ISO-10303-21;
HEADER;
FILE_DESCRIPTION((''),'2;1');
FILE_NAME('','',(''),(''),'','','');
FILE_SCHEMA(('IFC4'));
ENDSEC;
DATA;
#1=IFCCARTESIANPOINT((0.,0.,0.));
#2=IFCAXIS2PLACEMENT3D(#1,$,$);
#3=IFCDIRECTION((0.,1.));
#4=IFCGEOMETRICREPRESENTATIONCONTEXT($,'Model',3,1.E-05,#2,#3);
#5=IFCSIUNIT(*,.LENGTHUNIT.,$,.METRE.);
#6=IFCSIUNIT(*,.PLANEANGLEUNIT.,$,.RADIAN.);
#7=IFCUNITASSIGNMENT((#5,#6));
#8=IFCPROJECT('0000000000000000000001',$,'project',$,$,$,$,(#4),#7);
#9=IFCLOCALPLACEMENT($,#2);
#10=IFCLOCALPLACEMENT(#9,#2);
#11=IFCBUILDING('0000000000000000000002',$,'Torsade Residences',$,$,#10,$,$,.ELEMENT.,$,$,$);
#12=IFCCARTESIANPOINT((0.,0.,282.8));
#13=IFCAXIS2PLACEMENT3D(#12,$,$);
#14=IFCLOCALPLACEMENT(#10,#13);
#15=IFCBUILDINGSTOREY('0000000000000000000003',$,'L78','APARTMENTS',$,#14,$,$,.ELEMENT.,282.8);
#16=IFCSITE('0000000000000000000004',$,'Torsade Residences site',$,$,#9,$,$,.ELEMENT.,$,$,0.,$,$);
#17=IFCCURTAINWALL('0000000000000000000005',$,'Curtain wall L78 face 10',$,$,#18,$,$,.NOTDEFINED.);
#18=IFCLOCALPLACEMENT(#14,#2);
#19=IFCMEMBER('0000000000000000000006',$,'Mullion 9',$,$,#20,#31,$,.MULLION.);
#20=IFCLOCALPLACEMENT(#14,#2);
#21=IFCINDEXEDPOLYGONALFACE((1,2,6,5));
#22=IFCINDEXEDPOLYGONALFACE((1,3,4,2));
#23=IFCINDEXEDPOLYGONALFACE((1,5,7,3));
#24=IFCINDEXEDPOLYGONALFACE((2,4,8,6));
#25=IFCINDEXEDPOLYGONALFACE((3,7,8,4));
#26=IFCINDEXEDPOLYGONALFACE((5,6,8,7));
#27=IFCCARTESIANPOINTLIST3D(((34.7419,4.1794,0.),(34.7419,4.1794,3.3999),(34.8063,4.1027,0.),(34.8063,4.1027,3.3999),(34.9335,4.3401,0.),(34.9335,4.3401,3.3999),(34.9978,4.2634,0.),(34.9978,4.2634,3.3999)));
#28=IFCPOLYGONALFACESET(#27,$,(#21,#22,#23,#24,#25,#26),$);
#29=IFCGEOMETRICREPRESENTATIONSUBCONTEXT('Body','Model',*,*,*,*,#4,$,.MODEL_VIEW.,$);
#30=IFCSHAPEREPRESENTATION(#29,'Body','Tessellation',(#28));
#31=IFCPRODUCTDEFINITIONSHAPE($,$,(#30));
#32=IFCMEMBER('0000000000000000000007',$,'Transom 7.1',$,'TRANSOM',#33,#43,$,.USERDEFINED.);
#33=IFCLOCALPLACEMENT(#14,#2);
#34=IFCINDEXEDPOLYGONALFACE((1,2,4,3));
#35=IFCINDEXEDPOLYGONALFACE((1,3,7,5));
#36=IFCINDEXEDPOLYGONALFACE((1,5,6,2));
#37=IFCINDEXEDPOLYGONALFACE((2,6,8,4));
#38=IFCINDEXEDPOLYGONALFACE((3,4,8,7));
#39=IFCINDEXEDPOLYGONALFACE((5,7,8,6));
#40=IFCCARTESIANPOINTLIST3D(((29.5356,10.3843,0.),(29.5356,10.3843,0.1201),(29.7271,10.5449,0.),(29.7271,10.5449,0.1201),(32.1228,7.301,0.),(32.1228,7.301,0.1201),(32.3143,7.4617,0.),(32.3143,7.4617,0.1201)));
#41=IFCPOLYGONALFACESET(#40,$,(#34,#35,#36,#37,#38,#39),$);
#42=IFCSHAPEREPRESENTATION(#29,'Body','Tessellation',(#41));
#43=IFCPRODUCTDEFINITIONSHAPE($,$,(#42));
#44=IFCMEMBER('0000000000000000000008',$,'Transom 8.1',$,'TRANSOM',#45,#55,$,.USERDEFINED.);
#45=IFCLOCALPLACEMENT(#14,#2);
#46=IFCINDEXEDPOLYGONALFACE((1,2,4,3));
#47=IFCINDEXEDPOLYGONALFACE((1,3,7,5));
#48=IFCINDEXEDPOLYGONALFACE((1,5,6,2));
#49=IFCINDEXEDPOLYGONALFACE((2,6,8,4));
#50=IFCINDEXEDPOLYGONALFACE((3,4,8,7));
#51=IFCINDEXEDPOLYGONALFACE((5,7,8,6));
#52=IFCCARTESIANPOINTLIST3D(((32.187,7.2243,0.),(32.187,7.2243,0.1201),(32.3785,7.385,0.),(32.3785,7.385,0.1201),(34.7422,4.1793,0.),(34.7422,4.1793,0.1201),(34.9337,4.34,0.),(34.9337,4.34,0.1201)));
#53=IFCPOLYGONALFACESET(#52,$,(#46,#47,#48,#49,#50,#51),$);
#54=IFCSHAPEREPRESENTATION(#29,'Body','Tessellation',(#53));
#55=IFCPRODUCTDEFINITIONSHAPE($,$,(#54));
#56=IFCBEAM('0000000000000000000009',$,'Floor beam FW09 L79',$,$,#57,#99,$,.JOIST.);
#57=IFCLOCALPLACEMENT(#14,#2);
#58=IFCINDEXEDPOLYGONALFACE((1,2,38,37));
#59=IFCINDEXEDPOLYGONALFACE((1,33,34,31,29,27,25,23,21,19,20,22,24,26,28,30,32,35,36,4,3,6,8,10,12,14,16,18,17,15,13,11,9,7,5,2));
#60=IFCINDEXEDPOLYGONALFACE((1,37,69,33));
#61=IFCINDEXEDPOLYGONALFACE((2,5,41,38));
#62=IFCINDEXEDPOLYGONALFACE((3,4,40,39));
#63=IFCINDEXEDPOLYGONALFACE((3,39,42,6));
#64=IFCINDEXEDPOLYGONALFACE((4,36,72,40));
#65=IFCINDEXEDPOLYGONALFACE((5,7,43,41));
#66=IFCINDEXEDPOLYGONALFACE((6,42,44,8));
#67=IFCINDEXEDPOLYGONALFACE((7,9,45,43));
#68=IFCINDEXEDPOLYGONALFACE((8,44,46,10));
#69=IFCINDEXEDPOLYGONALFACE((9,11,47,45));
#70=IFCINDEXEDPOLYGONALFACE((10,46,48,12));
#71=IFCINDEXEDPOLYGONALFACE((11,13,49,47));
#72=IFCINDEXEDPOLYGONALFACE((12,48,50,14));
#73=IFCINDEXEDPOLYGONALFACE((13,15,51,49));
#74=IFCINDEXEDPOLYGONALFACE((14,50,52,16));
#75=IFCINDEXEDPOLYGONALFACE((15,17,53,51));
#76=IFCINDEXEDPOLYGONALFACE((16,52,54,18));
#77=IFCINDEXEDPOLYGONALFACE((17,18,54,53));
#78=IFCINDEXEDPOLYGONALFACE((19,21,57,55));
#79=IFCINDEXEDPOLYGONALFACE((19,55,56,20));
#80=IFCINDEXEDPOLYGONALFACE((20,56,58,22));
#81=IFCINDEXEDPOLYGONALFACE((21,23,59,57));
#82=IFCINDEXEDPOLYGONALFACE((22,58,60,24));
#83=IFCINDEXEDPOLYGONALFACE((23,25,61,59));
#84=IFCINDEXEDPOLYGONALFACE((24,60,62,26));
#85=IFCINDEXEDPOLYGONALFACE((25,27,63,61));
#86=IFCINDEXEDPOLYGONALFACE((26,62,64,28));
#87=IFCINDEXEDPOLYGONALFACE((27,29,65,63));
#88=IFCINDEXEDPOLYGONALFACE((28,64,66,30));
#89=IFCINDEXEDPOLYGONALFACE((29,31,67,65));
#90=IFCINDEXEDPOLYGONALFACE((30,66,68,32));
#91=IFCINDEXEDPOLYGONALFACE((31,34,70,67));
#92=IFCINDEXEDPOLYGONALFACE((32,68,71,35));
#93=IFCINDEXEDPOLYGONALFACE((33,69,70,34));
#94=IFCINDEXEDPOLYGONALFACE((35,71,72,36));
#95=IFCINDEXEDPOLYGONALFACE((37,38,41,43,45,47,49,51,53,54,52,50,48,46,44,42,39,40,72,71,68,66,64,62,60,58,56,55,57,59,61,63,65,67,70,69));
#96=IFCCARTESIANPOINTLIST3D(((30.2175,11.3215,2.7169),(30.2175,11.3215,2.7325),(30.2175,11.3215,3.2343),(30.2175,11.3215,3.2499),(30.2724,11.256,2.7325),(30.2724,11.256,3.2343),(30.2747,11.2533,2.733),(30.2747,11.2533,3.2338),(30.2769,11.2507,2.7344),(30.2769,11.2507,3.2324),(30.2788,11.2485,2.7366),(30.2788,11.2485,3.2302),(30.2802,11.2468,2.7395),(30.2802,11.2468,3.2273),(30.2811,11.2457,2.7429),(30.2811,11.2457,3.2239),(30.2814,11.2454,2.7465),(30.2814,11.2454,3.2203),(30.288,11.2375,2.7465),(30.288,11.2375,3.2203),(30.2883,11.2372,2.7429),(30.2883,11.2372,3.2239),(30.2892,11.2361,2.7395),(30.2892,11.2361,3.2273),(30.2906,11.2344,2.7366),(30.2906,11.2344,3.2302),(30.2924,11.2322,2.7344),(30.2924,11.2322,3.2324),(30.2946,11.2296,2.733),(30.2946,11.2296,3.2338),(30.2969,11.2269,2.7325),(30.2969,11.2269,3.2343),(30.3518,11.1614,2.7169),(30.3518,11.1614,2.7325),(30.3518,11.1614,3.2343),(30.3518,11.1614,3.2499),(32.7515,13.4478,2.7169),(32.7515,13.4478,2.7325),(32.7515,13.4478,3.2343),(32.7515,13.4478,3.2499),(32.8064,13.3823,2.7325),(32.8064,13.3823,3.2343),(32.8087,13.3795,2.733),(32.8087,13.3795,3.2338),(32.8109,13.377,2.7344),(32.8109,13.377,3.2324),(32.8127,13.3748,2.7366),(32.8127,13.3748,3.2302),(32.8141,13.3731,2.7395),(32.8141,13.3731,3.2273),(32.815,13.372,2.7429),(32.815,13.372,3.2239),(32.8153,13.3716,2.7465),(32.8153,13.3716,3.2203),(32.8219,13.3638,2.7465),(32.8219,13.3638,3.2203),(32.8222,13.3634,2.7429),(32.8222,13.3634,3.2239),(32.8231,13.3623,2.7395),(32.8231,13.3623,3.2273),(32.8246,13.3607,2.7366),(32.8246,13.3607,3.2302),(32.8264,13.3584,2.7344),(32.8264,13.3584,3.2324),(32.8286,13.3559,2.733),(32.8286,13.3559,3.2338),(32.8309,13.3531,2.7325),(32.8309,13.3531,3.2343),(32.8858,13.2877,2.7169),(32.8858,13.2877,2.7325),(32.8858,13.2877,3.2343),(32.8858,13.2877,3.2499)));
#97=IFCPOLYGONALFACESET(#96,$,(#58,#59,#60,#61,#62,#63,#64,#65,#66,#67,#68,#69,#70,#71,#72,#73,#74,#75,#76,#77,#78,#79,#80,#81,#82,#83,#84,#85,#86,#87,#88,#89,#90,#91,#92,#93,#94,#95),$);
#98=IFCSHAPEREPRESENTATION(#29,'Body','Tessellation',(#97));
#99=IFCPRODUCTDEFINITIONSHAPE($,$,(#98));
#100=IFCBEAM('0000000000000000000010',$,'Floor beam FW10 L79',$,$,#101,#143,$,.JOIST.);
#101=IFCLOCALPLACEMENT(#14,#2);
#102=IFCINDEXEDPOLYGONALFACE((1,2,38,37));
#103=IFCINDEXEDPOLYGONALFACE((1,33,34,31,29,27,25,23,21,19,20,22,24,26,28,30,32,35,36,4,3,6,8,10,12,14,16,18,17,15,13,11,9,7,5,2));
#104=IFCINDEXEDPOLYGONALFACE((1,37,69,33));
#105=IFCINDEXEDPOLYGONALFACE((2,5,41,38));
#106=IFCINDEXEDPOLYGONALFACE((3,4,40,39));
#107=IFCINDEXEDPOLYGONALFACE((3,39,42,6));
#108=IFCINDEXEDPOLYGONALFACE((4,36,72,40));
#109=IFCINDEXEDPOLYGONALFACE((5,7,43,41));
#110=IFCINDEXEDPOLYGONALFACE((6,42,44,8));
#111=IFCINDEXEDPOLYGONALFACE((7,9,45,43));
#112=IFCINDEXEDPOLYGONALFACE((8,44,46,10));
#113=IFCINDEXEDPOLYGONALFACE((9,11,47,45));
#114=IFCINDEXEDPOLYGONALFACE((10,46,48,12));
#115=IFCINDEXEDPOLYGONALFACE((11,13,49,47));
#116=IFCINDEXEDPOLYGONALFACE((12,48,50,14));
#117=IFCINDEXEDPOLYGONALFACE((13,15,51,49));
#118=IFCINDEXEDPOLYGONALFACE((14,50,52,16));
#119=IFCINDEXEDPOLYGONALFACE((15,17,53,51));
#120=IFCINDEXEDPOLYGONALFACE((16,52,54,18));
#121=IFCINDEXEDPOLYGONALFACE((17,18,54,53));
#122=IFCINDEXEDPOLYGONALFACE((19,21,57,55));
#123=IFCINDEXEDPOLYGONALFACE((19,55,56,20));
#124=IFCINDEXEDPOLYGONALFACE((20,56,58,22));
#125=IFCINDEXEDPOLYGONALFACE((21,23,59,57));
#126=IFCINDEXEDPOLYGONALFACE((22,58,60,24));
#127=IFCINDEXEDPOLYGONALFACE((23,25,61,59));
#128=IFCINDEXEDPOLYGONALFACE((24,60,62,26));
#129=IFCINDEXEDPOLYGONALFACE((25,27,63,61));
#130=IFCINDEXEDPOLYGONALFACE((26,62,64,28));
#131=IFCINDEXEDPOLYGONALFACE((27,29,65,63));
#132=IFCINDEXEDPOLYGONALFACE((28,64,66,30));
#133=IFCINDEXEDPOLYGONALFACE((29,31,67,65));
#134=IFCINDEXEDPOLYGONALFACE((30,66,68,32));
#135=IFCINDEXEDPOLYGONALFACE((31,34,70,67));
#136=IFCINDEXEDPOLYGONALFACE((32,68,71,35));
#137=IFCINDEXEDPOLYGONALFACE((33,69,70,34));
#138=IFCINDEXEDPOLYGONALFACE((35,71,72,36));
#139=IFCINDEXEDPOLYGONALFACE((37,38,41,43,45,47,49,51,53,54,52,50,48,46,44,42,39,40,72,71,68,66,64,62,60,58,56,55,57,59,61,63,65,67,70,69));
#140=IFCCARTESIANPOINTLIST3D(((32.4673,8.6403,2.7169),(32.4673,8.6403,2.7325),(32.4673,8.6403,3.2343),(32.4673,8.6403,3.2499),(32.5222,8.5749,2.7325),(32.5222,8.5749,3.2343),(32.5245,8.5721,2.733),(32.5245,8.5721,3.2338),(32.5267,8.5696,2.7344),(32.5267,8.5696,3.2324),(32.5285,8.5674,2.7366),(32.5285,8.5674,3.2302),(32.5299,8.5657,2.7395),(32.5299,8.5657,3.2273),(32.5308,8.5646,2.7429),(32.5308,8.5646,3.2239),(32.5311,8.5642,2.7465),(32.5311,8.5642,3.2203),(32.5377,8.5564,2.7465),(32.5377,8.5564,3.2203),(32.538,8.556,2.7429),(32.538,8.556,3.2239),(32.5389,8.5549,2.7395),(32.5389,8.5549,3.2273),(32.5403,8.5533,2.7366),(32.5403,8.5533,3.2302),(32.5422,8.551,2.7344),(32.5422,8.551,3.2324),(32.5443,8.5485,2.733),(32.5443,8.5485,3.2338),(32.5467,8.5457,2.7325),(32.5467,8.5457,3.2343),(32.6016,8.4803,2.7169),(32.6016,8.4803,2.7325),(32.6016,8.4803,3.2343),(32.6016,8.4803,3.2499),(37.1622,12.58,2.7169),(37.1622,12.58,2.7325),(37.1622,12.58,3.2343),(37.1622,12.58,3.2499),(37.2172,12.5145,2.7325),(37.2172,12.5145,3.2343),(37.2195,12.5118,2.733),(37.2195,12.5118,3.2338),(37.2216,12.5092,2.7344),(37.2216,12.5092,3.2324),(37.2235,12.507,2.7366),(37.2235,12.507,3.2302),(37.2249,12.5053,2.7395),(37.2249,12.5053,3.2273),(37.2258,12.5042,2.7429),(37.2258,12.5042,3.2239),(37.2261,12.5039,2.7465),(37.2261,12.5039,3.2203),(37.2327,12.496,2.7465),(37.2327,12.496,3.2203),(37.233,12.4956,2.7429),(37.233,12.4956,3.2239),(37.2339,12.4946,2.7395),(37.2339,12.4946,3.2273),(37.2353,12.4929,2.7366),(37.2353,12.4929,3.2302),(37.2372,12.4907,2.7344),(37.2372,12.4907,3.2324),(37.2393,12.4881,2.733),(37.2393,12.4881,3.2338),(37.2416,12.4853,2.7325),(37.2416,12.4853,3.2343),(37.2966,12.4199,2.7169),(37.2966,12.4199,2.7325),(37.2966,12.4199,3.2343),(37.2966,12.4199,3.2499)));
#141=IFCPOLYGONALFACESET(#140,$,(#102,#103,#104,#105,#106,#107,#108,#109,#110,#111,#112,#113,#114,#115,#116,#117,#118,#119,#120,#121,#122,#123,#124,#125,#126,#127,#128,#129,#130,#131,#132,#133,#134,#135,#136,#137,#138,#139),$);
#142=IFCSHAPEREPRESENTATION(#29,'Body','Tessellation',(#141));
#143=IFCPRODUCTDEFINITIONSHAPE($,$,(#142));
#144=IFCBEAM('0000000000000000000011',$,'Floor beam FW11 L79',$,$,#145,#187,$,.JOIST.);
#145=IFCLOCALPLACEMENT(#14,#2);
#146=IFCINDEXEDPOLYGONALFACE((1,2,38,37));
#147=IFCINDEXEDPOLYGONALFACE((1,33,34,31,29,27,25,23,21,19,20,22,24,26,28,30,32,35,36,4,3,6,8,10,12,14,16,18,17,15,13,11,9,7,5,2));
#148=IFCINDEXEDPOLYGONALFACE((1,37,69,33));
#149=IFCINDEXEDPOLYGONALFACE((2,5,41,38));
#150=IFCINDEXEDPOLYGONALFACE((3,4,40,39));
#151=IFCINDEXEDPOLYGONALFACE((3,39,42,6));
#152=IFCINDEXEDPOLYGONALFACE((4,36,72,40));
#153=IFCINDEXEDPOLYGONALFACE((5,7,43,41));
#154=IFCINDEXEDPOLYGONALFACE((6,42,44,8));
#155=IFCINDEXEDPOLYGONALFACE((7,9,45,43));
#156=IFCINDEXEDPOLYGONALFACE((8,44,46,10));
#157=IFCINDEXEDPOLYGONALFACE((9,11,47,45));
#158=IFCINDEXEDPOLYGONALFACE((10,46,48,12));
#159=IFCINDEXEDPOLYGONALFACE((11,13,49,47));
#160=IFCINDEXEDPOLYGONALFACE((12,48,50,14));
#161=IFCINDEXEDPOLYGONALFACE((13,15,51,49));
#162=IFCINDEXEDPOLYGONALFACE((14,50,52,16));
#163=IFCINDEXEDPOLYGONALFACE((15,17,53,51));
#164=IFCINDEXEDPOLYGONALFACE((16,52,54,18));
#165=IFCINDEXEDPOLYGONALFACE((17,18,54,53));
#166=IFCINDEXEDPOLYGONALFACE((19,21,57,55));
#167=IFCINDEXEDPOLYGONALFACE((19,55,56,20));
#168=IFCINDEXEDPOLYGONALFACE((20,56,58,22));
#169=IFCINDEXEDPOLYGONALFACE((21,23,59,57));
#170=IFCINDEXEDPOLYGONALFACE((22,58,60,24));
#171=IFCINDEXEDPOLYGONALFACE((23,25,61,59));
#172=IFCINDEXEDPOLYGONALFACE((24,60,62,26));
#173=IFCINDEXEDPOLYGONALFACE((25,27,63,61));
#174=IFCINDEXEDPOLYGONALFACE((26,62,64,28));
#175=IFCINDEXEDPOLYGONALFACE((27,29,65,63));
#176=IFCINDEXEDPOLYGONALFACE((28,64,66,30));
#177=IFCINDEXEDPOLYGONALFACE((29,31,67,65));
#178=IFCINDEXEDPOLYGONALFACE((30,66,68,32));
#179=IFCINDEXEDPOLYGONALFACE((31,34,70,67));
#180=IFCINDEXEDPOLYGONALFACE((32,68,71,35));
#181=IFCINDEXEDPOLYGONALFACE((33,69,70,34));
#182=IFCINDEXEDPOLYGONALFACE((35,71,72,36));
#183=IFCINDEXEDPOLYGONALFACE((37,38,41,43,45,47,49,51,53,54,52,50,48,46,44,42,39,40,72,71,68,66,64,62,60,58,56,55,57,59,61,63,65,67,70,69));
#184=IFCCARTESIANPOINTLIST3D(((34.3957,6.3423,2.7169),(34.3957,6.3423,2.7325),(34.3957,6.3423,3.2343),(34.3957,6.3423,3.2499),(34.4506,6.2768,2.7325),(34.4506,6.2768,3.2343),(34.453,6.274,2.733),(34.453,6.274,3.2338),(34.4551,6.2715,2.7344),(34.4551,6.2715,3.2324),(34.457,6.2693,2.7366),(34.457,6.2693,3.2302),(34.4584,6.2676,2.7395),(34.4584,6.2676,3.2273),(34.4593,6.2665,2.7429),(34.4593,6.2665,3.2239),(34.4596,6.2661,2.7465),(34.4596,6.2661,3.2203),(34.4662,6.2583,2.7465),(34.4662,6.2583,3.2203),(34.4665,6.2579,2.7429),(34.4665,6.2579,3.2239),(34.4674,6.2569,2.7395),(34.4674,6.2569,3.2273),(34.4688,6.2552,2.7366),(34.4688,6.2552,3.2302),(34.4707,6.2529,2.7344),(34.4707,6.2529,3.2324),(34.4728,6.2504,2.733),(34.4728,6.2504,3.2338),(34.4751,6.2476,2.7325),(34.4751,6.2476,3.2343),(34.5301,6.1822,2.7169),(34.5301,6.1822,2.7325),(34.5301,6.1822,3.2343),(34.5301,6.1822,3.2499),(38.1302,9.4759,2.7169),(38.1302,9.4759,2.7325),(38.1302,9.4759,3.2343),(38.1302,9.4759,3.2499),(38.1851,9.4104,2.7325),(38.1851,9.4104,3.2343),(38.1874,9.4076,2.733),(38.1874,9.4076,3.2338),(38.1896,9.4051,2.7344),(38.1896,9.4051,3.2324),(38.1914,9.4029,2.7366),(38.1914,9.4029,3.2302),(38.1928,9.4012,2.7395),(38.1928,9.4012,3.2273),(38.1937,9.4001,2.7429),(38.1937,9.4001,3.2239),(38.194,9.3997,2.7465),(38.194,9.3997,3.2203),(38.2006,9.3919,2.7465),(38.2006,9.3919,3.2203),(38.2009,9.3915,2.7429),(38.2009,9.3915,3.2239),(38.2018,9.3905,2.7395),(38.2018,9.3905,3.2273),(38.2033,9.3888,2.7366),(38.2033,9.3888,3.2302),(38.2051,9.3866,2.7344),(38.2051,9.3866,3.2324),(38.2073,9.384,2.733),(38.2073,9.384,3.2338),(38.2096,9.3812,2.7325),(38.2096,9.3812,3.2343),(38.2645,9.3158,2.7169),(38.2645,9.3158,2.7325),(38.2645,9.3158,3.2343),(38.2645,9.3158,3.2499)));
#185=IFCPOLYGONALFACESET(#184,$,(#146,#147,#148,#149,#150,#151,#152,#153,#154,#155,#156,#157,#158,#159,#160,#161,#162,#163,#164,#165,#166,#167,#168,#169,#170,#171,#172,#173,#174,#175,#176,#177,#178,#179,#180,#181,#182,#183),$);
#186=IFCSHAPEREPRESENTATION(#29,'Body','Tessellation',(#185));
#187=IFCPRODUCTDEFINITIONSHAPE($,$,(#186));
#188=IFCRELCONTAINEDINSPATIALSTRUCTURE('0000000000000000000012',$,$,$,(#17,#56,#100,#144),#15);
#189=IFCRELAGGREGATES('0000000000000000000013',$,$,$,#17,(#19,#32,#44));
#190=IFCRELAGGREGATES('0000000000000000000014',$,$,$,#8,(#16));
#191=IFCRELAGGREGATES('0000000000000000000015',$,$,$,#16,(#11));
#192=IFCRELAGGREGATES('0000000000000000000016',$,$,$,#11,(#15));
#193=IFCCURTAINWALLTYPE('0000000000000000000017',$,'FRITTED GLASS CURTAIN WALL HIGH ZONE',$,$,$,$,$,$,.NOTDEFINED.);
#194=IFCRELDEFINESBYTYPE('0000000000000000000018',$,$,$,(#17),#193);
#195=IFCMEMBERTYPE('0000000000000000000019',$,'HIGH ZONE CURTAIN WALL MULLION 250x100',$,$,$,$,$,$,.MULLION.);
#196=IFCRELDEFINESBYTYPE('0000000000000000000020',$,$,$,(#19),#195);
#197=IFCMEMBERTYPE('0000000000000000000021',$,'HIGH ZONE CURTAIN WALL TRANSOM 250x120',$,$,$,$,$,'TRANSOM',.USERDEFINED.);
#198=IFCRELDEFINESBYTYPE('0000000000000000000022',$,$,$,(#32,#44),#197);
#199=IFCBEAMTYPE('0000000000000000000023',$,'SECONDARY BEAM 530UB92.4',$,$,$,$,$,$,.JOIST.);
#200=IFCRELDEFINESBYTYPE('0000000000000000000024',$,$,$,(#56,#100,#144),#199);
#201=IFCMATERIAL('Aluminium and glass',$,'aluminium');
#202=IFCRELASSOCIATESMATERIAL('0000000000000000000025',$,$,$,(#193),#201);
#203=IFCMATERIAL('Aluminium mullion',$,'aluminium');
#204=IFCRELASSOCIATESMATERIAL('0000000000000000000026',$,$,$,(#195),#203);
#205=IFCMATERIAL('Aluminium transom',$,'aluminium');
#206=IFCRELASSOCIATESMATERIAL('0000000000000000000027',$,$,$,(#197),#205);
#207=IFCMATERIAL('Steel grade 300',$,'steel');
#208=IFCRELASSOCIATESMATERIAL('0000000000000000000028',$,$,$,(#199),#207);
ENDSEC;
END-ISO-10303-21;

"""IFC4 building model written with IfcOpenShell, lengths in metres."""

from ifc_helpers import new_model, si_unit, direction, frame, origin, origin_2d, place, context, subcontext, project, spatial, rectangle, i_section, extrude, material, material_profile, profile_set, type_object, element, aggregate, save


model = new_model("IFC4")

# Units and contexts
model_context = context("Model", 3, precision=1e-05, world=origin(), true_north=direction((0.0, 1.0)))
body_context = subcontext(model_context, "Body", "Model", "MODEL_VIEW")
ifc_project = project(units=[si_unit("LENGTHUNIT", "METRE"), si_unit("PLANEANGLEUNIT", "RADIAN")], contexts=[model_context])

# Site, building, storey
site_placement = place(None, origin())
site = spatial("IfcSite", under=ifc_project, at=site_placement, Name="Torsade Residences site", CompositionType="ELEMENT", RefElevation=0.0)
building_placement = place(site_placement, origin())
building = spatial("IfcBuilding", under=site, at=building_placement, Name="Torsade Residences", CompositionType="ELEMENT")
storey_placement = place(building_placement, frame((0.0, 0.0, 282.8)))
storey = spatial("IfcBuildingStorey", under=building, at=storey_placement, Name="L78", Description="APARTMENTS", CompositionType="ELEMENT", Elevation=282.8)

# Curtain wall, members
ifc_material_1 = material(Name="Aluminium and glass", Category="aluminium")
curtain_wall_type = type_object("IfcCurtainWallType", Name="FRITTED GLASS CURTAIN WALL HIGH ZONE", PredefinedType="NOTDEFINED", material=ifc_material_1)
curtain_wall_placement = place(storey_placement, origin())
curtain_wall = element("IfcCurtainWall", 1, at=curtain_wall_placement, inside=storey, type_object=curtain_wall_type, Name="Curtain wall L78 face 10", PredefinedType="NOTDEFINED")
ifc_material_2 = material(Name="Aluminium mullion", Category="aluminium")
ifc_material_profile_1 = material_profile(ifc_material_2, rectangle(XDim=0.25, YDim=0.1001, at=origin_2d()), Name="HIGH ZONE CURTAIN WALL MULLION 250x100")
ifc_profile_set_1 = profile_set([ifc_material_profile_1], Name="Aluminium mullion")
member_type_1 = type_object("IfcMemberType", Name="HIGH ZONE CURTAIN WALL MULLION 250x100", PredefinedType="MULLION", material=ifc_profile_set_1)
member_1_placement = place(storey_placement, frame((34.8699, 4.2214, 0.0), z_axis=(0.0, 0.0, 1.0), x_axis=(0.766044, 0.642788, 0.0)))
member_1 = element("IfcMember", 2, at=member_1_placement, type_object=member_type_1, Name="Mullion 9", PredefinedType="MULLION", context=body_context, shape_type="SweptSolid", body=[
    extrude(rectangle(XDim=0.25, YDim=0.1001, at=origin_2d()), origin(), (0.0, 0.0, 1.0), 3.3999),
])
ifc_material_3 = material(Name="Aluminium transom", Category="aluminium")
ifc_material_profile_2 = material_profile(ifc_material_3, rectangle(XDim=0.25, YDim=0.1201, at=origin_2d()), Name="HIGH ZONE CURTAIN WALL TRANSOM 250x120")
ifc_profile_set_2 = profile_set([ifc_material_profile_2], Name="Aluminium transom")
member_type_2 = type_object("IfcMemberType", Name="HIGH ZONE CURTAIN WALL TRANSOM 250x120", ElementType="TRANSOM", PredefinedType="USERDEFINED", material=ifc_profile_set_2)
member_2_placement = place(storey_placement, frame((29.6313, 10.4646, 0.0601), z_axis=(0.642788, -0.766044, 0.0), x_axis=(0.766044, 0.642788, 0.0)))
member_2 = element("IfcMember", 3, at=member_2_placement, type_object=member_type_2, Name="Transom 7.1", ObjectType="TRANSOM", PredefinedType="USERDEFINED", context=body_context, shape_type="SweptSolid", body=[
    extrude(rectangle(XDim=0.25, YDim=0.1201, at=origin_2d()), origin(), (0.0, 0.0, 1.0), 4.0249),
])
member_3_placement = place(storey_placement, frame((32.2827, 7.3047, 0.0601), z_axis=(0.642815, -0.766022, 0.0), x_axis=(0.766022, 0.642815, 0.0)))
member_3 = element("IfcMember", 4, at=member_3_placement, type_object=member_type_2, Name="Transom 8.1", ObjectType="TRANSOM", PredefinedType="USERDEFINED", context=body_context, shape_type="SweptSolid", body=[
    extrude(rectangle(XDim=0.25, YDim=0.1201, at=origin_2d()), origin(), (0.0, 0.0, 1.0), 3.9751),
])

# Beams
ifc_material_4 = material(Name="Steel grade 300", Category="steel")
ifc_material_profile_3 = material_profile(ifc_material_4, i_section(OverallWidth=0.209, OverallDepth=0.533, WebThickness=0.0103, FlangeThickness=0.0156, FilletRadius=0.0139, at=origin_2d()), Name="530UB92.4")
ifc_profile_set_3 = profile_set([ifc_material_profile_3], Name="Steel grade 300")
beam_type_1 = type_object("IfcBeamType", Name="SECONDARY BEAM 530UB92.4", PredefinedType="JOIST", material=ifc_profile_set_3)
beam_1_placement = place(storey_placement, frame((30.2847, 11.2415, 2.9834), z_axis=(0.766045, 0.642787, 0.0), x_axis=(-0.642787, 0.766045, 0.0)))
element("IfcBeam", 5, at=beam_1_placement, inside=storey, type_object=beam_type_1, Name="Floor beam FW09 L79", PredefinedType="JOIST", context=body_context, shape_type="SweptSolid", body=[
    extrude(i_section(OverallWidth=0.209, OverallDepth=0.533, WebThickness=0.0103, FlangeThickness=0.0156, FilletRadius=0.0139, at=origin_2d()), origin(), (0.0, 0.0, 1.0), 3.3079),
])
beam_2_placement = place(storey_placement, frame((32.5344, 8.5603, 2.9834), z_axis=(0.766039, 0.642794, 0.0), x_axis=(-0.642794, 0.766039, 0.0)))
element("IfcBeam", 6, at=beam_2_placement, inside=storey, type_object=beam_type_1, Name="Floor beam FW10 L79", PredefinedType="JOIST", context=body_context, shape_type="SweptSolid", body=[
    extrude(i_section(OverallWidth=0.209, OverallDepth=0.533, WebThickness=0.0103, FlangeThickness=0.0156, FilletRadius=0.0139, at=origin_2d()), origin(), (0.0, 0.0, 1.0), 6.1289),
])
beam_3_placement = place(storey_placement, frame((34.4629, 6.2622, 2.9834), z_axis=(0.766041, 0.642791, 0.0), x_axis=(-0.642791, 0.766041, 0.0)))
element("IfcBeam", 7, at=beam_3_placement, inside=storey, type_object=beam_type_1, Name="Floor beam FW11 L79", PredefinedType="JOIST", context=body_context, shape_type="SweptSolid", body=[
    extrude(i_section(OverallWidth=0.209, OverallDepth=0.533, WebThickness=0.0103, FlangeThickness=0.0156, FilletRadius=0.0139, at=origin_2d()), origin(), (0.0, 0.0, 1.0), 4.875),
])

aggregate(curtain_wall, [member_1, member_2, member_3])

save(model, "model.ifc")
